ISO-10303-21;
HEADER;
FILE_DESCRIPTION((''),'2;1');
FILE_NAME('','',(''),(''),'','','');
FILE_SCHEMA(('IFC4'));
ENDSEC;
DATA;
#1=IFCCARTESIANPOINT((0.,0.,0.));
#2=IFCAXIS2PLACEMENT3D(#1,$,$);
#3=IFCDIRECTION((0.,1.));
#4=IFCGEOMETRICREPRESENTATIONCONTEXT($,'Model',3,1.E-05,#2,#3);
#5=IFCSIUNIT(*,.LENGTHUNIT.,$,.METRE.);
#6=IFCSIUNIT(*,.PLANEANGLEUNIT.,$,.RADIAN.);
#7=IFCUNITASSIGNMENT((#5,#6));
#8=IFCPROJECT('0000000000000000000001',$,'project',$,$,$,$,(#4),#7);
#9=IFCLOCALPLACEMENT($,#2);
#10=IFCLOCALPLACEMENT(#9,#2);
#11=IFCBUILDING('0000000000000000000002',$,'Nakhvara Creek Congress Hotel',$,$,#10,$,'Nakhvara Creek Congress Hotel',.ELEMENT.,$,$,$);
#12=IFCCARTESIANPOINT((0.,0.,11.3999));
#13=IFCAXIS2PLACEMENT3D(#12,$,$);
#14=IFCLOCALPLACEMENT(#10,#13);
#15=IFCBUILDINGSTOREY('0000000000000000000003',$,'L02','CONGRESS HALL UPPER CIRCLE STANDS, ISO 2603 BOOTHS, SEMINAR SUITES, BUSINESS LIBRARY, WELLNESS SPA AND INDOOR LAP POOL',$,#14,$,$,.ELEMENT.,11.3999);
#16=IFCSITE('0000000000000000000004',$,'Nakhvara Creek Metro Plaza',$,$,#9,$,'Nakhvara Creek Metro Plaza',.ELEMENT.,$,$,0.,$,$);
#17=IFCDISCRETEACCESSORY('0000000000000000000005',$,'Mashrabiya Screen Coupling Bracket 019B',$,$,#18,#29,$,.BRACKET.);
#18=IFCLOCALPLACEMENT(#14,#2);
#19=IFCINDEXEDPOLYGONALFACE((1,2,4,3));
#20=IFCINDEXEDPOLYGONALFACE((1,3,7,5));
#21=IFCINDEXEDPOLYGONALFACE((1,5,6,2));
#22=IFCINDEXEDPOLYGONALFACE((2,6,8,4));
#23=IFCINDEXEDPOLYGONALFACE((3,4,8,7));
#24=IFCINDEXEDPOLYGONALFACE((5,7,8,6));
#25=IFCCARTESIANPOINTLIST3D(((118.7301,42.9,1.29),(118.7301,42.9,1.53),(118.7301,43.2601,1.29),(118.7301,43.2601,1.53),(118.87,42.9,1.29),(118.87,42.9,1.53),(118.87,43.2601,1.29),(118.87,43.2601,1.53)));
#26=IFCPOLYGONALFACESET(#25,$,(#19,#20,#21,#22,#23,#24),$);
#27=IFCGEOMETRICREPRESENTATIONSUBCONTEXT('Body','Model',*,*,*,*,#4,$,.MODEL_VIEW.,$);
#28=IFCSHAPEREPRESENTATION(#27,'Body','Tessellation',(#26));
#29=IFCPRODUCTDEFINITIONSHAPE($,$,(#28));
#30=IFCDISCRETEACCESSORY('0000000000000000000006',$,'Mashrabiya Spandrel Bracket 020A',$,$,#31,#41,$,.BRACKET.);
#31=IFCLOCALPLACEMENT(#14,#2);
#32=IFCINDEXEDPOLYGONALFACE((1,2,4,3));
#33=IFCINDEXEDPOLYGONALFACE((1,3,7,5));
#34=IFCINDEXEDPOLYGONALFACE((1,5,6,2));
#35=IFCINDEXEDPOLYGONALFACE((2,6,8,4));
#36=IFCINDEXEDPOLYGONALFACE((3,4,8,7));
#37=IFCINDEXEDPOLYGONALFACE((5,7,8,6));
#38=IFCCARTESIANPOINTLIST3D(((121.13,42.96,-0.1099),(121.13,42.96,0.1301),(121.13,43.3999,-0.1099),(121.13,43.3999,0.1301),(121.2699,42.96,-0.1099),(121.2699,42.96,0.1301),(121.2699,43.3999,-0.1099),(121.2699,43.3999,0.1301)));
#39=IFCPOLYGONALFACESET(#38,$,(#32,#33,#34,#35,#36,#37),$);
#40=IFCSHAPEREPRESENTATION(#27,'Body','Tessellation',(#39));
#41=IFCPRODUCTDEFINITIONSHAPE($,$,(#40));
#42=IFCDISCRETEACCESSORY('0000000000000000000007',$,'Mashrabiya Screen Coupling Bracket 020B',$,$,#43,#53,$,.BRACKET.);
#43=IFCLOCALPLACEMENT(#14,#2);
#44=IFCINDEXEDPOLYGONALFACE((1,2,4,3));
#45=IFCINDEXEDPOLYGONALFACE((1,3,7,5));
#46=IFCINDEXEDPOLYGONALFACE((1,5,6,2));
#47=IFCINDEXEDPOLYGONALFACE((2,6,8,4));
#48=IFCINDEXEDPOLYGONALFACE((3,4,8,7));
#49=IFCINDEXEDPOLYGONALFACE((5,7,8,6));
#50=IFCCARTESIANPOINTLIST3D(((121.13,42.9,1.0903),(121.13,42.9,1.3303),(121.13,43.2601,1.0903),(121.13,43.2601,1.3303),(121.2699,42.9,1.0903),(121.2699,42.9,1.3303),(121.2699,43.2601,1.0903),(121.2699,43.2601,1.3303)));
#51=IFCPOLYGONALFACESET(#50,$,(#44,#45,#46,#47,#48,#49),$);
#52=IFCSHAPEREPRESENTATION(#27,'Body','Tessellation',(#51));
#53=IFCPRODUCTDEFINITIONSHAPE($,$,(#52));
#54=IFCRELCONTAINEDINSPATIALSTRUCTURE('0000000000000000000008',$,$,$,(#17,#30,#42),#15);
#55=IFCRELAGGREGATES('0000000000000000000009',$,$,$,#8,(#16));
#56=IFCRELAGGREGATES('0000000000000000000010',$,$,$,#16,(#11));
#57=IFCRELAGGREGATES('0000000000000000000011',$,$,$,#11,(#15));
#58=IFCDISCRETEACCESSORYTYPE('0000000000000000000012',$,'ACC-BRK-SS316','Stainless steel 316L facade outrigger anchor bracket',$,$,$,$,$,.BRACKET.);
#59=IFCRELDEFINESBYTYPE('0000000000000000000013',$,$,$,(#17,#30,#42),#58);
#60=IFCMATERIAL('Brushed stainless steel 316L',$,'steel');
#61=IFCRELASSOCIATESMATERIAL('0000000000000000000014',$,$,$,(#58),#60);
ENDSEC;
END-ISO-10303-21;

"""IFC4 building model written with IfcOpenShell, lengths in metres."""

from ifc_helpers import new_model, si_unit, direction, frame, origin, origin_2d, place, context, subcontext, project, spatial, rectangle, extrude, material, type_object, element, save


model = new_model("IFC4")

# Units and contexts
model_context = context("Model", 3, precision=1e-05, world=origin(), true_north=direction((0.0, 1.0)))
body_context = subcontext(model_context, "Body", "Model", "MODEL_VIEW")
ifc_project = project(units=[si_unit("LENGTHUNIT", "METRE"), si_unit("PLANEANGLEUNIT", "RADIAN")], contexts=[model_context])

# Site, building, storey
site_placement = place(None, origin())
site = spatial("IfcSite", under=ifc_project, at=site_placement, Name="Nakhvara Creek Metro Plaza", LongName="Nakhvara Creek Metro Plaza", CompositionType="ELEMENT", RefElevation=0.0)
building_placement = place(site_placement, origin())
building = spatial("IfcBuilding", under=site, at=building_placement, Name="Nakhvara Creek Congress Hotel", LongName="Nakhvara Creek Congress Hotel", CompositionType="ELEMENT")
storey_placement = place(building_placement, frame((0.0, 0.0, 11.3999)))
storey = spatial("IfcBuildingStorey", under=building, at=storey_placement, Name="L02", Description="CONGRESS HALL UPPER CIRCLE STANDS, ISO 2603 BOOTHS, SEMINAR SUITES, BUSINESS LIBRARY, WELLNESS SPA AND INDOOR LAP POOL", CompositionType="ELEMENT", Elevation=11.3999)

# Shared definitions
ifc_material_1 = material(Name="Brushed stainless steel 316L", Category="steel")

# Discrete accessories
discrete_accessory_type = type_object("IfcDiscreteAccessoryType", Name="ACC-BRK-SS316", Description="Stainless steel 316L facade outrigger anchor bracket", PredefinedType="BRACKET", material=ifc_material_1)
discrete_accessory_1_placement = place(storey_placement, frame((118.8, 43.0801, 1.29), z_axis=(0.0, 0.0, 1.0), x_axis=(1.0, 0.0, 0.0)))
element("IfcDiscreteAccessory", 1, at=discrete_accessory_1_placement, inside=storey, type_object=discrete_accessory_type, Name="Mashrabiya Screen Coupling Bracket 019B", PredefinedType="BRACKET", context=body_context, shape_type="SweptSolid", body=[
    extrude(rectangle(XDim=0.1399, YDim=0.3601, at=origin_2d()), origin(), (0.0, 0.0, 1.0), 0.24),
])
discrete_accessory_2_placement = place(storey_placement, frame((121.2, 43.1799, -0.1099), z_axis=(0.0, 0.0, 1.0), x_axis=(1.0, 0.0, 0.0)))
element("IfcDiscreteAccessory", 2, at=discrete_accessory_2_placement, inside=storey, type_object=discrete_accessory_type, Name="Mashrabiya Spandrel Bracket 020A", PredefinedType="BRACKET", context=body_context, shape_type="SweptSolid", body=[
    extrude(rectangle(XDim=0.1399, YDim=0.4399, at=origin_2d()), origin(), (0.0, 0.0, 1.0), 0.24),
])
discrete_accessory_3_placement = place(storey_placement, frame((121.2, 43.0801, 1.0903), z_axis=(0.0, 0.0, 1.0), x_axis=(1.0, 0.0, 0.0)))
element("IfcDiscreteAccessory", 3, at=discrete_accessory_3_placement, inside=storey, type_object=discrete_accessory_type, Name="Mashrabiya Screen Coupling Bracket 020B", PredefinedType="BRACKET", context=body_context, shape_type="SweptSolid", body=[
    extrude(rectangle(XDim=0.1399, YDim=0.3601, at=origin_2d()), origin(), (0.0, 0.0, 1.0), 0.24),
])

save(model, "model.ifc")
